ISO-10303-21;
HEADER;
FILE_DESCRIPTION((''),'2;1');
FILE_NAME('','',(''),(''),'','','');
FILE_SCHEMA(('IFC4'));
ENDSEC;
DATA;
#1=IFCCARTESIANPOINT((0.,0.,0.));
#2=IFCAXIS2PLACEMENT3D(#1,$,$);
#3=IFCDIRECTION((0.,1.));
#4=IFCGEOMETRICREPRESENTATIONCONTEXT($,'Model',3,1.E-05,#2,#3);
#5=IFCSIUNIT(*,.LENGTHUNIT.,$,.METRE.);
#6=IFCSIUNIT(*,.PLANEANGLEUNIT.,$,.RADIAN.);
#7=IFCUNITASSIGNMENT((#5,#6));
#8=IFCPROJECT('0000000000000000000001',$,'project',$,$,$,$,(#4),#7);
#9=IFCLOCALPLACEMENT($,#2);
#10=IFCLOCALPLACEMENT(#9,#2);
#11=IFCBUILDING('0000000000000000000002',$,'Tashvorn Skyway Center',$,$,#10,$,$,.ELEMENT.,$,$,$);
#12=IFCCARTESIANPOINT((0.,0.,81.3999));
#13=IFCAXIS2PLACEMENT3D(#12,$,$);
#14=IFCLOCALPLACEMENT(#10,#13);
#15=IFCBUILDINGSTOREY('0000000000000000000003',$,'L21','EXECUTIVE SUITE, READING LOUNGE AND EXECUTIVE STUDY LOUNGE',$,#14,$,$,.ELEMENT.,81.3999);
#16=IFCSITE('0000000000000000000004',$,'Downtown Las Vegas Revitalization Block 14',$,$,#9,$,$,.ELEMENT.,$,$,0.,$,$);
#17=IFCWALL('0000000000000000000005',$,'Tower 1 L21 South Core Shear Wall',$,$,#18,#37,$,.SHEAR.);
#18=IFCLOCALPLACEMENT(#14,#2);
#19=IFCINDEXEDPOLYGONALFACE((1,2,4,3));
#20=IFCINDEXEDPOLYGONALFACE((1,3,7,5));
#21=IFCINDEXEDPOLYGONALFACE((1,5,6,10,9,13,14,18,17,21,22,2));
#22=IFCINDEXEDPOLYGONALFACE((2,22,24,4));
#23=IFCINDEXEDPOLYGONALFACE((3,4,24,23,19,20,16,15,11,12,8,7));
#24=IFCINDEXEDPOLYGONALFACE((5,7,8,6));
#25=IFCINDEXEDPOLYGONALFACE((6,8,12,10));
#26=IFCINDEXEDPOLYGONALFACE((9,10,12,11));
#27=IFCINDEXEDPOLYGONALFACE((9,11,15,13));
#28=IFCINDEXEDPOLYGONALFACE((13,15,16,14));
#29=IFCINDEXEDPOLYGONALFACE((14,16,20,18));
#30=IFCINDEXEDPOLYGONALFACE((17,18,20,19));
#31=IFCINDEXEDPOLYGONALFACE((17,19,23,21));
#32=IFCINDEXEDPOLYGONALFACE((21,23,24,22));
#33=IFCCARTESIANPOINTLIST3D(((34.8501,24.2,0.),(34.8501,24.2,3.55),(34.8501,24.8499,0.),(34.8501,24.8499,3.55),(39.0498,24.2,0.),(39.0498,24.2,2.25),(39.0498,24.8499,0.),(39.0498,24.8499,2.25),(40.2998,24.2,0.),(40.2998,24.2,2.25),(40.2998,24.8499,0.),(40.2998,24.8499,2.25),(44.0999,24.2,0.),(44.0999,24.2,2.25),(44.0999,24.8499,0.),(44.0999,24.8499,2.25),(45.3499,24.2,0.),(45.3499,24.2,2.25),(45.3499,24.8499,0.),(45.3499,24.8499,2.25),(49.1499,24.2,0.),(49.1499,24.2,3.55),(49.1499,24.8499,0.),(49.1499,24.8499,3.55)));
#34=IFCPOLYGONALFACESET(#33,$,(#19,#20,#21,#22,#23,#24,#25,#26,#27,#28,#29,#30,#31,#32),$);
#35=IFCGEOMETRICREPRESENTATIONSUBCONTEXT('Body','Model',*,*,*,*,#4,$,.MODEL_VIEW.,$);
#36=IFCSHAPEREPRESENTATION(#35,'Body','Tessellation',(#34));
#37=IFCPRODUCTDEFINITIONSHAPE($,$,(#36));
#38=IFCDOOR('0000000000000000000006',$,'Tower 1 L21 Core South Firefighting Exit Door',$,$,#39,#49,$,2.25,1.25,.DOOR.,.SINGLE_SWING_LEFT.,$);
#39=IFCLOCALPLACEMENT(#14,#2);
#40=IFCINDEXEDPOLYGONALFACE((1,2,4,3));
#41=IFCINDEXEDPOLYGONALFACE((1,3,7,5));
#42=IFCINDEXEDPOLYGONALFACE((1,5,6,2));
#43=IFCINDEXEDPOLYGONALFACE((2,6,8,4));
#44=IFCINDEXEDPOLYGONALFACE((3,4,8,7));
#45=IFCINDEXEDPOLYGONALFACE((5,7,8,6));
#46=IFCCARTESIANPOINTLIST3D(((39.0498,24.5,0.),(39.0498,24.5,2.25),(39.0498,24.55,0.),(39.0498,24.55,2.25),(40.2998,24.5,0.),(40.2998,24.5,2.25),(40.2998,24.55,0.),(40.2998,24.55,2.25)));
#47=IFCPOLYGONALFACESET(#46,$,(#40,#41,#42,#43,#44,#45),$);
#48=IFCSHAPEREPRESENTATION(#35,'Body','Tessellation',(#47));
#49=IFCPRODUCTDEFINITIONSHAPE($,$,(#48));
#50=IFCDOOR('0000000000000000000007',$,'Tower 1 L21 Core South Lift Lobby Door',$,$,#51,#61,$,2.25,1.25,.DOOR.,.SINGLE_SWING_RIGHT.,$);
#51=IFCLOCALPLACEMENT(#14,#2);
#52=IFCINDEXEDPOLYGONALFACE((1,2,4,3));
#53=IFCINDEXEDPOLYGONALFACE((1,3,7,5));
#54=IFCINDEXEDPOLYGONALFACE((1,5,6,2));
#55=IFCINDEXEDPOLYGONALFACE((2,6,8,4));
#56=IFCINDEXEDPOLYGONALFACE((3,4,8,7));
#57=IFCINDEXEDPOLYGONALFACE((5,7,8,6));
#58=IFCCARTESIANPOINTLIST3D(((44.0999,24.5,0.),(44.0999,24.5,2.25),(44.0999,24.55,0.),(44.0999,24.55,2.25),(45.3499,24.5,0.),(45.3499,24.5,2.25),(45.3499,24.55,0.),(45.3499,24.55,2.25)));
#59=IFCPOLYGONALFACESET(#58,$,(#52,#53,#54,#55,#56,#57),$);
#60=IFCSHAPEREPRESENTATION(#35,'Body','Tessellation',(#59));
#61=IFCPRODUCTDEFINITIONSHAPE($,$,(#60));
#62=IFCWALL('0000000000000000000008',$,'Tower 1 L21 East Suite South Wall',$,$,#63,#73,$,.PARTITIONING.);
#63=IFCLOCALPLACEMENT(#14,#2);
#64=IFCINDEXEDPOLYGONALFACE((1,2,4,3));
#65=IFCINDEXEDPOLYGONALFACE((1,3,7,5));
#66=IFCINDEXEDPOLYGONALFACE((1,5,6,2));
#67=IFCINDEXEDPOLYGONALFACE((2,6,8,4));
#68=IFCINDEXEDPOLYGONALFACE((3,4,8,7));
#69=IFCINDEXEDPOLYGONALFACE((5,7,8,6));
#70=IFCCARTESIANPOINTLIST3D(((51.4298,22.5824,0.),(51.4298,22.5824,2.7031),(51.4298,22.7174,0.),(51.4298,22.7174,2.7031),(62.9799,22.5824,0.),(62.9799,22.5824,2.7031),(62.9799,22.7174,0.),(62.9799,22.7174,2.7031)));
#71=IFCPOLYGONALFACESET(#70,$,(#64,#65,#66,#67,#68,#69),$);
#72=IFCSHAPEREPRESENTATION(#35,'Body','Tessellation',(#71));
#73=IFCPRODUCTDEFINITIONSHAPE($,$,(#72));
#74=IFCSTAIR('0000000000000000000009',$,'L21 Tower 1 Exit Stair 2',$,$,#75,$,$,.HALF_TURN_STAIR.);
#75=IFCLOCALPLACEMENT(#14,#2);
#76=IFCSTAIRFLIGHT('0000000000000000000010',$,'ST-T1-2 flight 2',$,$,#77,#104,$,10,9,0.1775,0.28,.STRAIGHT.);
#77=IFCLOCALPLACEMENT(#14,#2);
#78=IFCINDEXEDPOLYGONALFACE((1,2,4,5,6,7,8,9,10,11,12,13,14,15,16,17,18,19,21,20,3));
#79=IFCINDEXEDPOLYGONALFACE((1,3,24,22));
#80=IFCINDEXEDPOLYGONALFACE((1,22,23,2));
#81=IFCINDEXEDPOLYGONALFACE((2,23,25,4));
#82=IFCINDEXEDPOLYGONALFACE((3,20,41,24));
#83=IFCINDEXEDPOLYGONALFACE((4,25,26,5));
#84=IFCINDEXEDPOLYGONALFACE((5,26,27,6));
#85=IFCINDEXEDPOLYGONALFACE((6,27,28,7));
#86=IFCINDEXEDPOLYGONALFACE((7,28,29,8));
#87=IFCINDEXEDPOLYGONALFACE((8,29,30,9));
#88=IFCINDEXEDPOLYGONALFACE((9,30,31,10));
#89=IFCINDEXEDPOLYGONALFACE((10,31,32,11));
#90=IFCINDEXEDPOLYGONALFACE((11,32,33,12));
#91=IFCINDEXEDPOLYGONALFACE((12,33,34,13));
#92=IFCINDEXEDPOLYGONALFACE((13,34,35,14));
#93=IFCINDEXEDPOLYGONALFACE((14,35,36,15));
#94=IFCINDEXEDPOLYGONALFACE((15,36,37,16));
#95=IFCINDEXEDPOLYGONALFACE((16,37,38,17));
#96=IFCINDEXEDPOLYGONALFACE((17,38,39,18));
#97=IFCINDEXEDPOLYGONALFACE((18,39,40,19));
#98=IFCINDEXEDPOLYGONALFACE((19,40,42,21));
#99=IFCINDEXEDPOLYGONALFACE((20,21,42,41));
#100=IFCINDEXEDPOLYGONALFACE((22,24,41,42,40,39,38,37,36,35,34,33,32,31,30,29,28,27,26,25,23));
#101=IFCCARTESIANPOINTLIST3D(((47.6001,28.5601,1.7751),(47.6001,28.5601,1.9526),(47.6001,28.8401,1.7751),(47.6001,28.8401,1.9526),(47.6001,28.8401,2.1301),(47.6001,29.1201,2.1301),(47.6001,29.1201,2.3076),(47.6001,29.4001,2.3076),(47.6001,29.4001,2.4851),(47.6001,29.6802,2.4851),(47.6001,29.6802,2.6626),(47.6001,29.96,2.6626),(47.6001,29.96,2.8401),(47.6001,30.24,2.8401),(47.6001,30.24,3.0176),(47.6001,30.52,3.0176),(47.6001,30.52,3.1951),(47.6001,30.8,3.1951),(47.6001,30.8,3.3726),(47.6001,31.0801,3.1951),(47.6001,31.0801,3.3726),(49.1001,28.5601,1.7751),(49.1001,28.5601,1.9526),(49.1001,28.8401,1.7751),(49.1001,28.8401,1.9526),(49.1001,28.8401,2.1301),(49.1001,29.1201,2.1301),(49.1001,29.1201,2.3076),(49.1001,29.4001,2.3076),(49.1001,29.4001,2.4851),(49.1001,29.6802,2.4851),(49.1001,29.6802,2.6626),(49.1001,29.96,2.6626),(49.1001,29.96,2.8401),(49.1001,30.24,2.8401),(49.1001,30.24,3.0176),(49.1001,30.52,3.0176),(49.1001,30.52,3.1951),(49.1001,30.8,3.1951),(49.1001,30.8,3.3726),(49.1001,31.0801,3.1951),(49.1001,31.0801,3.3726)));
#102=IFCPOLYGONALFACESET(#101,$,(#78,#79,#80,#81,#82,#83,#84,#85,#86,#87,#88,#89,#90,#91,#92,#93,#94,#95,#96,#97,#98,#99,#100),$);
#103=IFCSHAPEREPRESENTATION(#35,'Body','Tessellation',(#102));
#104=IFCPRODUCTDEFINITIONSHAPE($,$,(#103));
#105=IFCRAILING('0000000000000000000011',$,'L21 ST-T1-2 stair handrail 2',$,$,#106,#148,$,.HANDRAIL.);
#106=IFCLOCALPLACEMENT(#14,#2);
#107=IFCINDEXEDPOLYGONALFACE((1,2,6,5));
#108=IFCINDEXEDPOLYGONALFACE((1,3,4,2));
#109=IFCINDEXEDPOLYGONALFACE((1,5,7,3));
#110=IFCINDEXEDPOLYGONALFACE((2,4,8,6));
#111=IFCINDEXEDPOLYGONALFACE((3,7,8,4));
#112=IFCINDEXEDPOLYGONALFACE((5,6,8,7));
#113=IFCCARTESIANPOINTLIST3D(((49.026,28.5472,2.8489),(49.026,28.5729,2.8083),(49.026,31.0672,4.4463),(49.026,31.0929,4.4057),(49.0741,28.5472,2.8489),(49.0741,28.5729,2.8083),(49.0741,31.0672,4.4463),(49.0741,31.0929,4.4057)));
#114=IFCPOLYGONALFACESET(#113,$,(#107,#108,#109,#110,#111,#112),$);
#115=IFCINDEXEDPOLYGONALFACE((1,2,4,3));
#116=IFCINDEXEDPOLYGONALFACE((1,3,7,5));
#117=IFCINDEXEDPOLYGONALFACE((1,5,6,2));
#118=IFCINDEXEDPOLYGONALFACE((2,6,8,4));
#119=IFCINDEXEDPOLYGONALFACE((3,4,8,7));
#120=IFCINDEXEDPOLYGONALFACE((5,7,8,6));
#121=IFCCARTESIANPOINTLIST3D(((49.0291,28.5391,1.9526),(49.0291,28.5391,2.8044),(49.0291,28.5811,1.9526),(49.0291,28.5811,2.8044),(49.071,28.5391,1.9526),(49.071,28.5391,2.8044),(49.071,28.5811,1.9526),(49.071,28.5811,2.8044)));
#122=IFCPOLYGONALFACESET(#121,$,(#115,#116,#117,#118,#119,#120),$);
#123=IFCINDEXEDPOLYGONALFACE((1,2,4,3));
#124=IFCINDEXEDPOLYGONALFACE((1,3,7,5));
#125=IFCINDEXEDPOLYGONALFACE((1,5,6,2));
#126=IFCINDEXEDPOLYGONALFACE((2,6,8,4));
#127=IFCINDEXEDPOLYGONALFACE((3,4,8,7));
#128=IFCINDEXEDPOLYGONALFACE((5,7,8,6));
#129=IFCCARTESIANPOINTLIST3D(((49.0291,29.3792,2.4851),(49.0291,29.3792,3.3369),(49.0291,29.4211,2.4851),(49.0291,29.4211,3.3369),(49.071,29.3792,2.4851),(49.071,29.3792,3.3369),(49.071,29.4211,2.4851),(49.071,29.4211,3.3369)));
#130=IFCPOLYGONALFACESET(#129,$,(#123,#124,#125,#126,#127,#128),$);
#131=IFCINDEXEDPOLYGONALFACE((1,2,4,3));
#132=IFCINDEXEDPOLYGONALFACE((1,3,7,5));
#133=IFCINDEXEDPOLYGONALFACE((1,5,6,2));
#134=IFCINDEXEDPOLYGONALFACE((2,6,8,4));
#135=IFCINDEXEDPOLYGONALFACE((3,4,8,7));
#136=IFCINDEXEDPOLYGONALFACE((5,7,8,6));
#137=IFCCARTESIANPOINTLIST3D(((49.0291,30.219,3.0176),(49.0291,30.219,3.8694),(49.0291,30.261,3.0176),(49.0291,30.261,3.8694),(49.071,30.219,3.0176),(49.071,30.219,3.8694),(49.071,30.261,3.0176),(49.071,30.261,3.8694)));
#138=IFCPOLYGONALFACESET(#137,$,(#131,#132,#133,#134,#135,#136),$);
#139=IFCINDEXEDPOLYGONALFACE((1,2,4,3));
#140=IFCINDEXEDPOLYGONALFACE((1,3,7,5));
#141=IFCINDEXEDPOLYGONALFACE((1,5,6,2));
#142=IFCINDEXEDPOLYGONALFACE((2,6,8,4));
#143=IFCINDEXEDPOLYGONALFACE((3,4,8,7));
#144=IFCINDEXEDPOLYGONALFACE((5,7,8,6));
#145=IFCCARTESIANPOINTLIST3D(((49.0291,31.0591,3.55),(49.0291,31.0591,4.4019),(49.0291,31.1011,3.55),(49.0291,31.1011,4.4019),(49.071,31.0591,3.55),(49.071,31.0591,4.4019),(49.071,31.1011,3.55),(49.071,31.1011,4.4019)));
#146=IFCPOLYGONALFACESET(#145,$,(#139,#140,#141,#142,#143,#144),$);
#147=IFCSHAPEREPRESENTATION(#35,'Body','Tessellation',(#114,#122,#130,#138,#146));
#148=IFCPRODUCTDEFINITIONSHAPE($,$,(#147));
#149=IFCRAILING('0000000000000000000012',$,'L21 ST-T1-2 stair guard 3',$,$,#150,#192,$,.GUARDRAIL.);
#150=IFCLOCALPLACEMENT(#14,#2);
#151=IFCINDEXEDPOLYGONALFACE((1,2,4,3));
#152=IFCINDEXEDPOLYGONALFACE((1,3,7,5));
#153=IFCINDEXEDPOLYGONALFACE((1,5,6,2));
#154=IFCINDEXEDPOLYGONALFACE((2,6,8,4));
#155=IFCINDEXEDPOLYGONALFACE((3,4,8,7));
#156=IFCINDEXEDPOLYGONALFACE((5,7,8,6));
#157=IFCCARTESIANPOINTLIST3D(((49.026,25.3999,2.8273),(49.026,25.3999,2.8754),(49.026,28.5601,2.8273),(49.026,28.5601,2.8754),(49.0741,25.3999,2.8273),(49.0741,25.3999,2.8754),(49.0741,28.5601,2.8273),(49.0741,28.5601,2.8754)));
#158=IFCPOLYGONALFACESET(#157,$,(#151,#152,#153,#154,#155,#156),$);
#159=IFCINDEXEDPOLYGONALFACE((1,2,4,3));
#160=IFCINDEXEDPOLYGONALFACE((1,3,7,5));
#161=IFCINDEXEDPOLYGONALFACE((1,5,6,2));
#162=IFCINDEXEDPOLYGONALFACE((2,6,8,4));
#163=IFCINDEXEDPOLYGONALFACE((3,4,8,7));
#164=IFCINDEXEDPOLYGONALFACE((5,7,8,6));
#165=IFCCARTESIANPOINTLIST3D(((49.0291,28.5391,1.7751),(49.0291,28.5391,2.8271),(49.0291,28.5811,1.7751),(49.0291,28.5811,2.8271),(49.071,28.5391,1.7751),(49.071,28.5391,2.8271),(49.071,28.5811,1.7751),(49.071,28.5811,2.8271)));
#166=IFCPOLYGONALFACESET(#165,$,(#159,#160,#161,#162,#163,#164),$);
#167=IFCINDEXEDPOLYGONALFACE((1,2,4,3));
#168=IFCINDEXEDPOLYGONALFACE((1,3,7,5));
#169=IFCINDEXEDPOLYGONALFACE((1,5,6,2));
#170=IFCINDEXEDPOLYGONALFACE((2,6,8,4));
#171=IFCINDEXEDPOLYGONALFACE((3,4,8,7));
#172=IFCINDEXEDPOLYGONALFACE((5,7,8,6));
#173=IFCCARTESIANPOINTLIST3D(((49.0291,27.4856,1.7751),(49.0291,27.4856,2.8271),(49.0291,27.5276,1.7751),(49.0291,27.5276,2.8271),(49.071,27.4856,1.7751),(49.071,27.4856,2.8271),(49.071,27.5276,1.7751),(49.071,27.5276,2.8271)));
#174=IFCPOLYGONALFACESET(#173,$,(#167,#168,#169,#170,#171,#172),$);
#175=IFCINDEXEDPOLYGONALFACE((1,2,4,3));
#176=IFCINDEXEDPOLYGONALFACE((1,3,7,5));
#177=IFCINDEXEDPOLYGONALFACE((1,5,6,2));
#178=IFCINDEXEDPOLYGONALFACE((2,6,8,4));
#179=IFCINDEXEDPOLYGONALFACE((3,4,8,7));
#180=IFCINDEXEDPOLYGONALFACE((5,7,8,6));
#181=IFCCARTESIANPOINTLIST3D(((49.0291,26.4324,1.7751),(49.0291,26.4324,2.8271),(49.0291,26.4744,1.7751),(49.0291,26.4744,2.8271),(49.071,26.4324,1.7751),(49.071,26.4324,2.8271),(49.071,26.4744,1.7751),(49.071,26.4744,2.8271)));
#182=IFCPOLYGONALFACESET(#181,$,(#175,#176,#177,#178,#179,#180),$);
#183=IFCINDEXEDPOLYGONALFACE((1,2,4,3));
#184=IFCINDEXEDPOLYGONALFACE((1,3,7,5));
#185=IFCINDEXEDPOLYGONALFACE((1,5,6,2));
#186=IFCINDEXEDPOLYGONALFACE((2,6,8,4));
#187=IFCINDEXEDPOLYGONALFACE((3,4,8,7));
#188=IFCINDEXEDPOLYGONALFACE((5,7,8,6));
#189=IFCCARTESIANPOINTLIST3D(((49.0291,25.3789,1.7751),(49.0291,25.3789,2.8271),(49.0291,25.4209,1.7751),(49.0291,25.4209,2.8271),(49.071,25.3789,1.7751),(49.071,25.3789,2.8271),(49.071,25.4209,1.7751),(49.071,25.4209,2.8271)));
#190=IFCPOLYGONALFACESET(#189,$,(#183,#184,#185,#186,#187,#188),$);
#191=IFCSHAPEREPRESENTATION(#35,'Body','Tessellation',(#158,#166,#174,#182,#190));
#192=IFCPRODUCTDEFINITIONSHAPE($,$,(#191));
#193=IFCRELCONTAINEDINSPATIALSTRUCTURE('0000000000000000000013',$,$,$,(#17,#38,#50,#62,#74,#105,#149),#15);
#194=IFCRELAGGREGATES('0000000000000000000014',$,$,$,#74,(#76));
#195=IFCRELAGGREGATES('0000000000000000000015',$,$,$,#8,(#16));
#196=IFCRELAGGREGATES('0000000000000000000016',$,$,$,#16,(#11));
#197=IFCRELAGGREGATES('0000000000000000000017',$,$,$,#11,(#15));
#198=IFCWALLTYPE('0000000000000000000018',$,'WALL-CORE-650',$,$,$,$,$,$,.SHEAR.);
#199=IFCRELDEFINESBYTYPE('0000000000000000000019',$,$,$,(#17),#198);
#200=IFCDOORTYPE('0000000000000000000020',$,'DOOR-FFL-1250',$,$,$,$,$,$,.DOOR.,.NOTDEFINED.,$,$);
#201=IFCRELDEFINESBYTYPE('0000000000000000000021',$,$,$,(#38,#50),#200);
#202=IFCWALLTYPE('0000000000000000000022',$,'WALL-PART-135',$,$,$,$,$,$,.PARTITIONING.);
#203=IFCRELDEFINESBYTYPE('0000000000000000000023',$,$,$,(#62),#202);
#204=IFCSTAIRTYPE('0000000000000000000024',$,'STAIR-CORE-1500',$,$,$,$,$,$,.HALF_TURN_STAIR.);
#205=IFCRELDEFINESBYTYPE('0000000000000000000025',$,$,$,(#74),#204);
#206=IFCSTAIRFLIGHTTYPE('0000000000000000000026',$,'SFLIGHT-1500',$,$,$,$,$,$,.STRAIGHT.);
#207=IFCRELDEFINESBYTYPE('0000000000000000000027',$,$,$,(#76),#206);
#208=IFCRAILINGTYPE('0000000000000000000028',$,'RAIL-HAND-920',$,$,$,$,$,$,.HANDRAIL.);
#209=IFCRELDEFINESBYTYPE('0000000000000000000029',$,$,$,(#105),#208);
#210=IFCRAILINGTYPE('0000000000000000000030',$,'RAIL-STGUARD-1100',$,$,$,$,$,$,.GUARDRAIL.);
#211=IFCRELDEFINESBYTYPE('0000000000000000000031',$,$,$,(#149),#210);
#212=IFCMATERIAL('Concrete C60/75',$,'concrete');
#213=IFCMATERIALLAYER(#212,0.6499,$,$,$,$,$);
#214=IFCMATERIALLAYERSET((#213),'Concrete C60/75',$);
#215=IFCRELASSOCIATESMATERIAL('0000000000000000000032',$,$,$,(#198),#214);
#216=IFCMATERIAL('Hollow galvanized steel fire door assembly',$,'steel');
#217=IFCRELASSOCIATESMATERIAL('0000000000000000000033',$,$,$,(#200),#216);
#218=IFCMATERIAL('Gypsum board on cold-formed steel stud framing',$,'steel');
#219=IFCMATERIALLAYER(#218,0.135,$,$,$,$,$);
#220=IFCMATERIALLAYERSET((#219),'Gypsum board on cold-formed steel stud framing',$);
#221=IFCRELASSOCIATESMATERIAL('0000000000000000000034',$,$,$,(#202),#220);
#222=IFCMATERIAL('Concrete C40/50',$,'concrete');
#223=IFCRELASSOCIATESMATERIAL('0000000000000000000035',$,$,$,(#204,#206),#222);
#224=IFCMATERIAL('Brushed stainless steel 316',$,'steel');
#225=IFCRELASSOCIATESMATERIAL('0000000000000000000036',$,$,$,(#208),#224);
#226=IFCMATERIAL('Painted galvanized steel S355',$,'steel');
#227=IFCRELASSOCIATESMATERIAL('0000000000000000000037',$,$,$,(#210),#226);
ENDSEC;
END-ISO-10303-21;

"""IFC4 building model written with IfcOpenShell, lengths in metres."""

from ifc_helpers import new_model, si_unit, direction, frame, frame_2d, origin, origin_2d, place, context, subcontext, project, spatial, polyline, rectangle, outline, extrude, material, layer, layer_set, type_object, element, fill, aggregate, save


model = new_model("IFC4")

# Units and contexts
model_context = context("Model", 3, precision=1e-05, world=origin(), true_north=direction((0.0, 1.0)))
body_context = subcontext(model_context, "Body", "Model", "MODEL_VIEW")
ifc_project = project(units=[si_unit("LENGTHUNIT", "METRE"), si_unit("PLANEANGLEUNIT", "RADIAN")], contexts=[model_context])

# Site, building, storey
site_placement = place(None, origin())
site = spatial("IfcSite", under=ifc_project, at=site_placement, Name="Downtown Las Vegas Revitalization Block 14", CompositionType="ELEMENT", RefElevation=0.0)
building_placement = place(site_placement, origin())
building = spatial("IfcBuilding", under=site, at=building_placement, Name="Tashvorn Skyway Center", CompositionType="ELEMENT")
storey_placement = place(building_placement, frame((0.0, 0.0, 81.3999)))
storey = spatial("IfcBuildingStorey", under=building, at=storey_placement, Name="L21", Description="EXECUTIVE SUITE, READING LOUNGE AND EXECUTIVE STUDY LOUNGE", CompositionType="ELEMENT", Elevation=81.3999)

# Wall, openings, doors
ifc_material_1 = material(Name="Concrete C60/75", Category="concrete")
ifc_layer_1 = layer(ifc_material_1, 0.6499)
ifc_layer_set_1 = layer_set([ifc_layer_1], Name="Concrete C60/75")
wall_type_1 = type_object("IfcWallType", Name="WALL-CORE-650", PredefinedType="SHEAR", material=ifc_layer_set_1)
wall_1_placement = place(storey_placement, frame((49.1499, 24.5249, 0.0), z_axis=(0.0, 0.0, 1.0), x_axis=(-1.0, 0.0, 0.0)))
wall_1 = element("IfcWall", 1, at=wall_1_placement, inside=storey, type_object=wall_type_1, Name="Tower 1 L21 South Core Shear Wall", PredefinedType="SHEAR", context=body_context, shape_type="SweptSolid", body=[
    extrude(rectangle(XDim=14.2998, YDim=0.6499, at=frame_2d((7.1499, 0.0))), origin(), (0.0, 0.0, 1.0), 3.55),
])
opening_1_placement = place(wall_1_placement, frame((8.8501, 0.0, 0.0)))
opening_1 = element("IfcOpeningElement", 2, at=opening_1_placement, cuts=wall_1, PredefinedType="OPENING", context=body_context, shape_type="SweptSolid", body=[
    extrude(rectangle(XDim=1.25, YDim=2.25, at=frame_2d((0.625, 1.125))), frame((0.0, 0.335, 0.0), z_axis=(0.0, -1.0, 0.0), x_axis=(1.0, 0.0, 0.0)), (0.0, 0.0, 1.0), 0.6699),
])
opening_2_placement = place(wall_1_placement, frame((3.8, 0.0, 0.0)))
opening_2 = element("IfcOpeningElement", 3, at=opening_2_placement, cuts=wall_1, PredefinedType="OPENING", context=body_context, shape_type="SweptSolid", body=[
    extrude(rectangle(XDim=1.25, YDim=2.25, at=frame_2d((0.625, 1.125))), frame((0.0, 0.335, 0.0), z_axis=(0.0, -1.0, 0.0), x_axis=(1.0, 0.0, 0.0)), (0.0, 0.0, 1.0), 0.6699),
])
ifc_material_2 = material(Name="Hollow galvanized steel fire door assembly", Category="steel")
door_type = type_object("IfcDoorType", Name="DOOR-FFL-1250", OperationType="NOTDEFINED", PredefinedType="DOOR", material=ifc_material_2)
door_1_placement = place(opening_1_placement, origin())
door_1 = element("IfcDoor", 4, at=door_1_placement, inside=storey, type_object=door_type, Name="Tower 1 L21 Core South Firefighting Exit Door", OperationType="SINGLE_SWING_LEFT", OverallHeight=2.25, OverallWidth=1.25, PredefinedType="DOOR", context=body_context, shape_type="SweptSolid", body=[
    extrude(rectangle(XDim=1.25, YDim=2.25, at=frame_2d((0.625, 1.125))), frame((0.0, 0.0249, 0.0), z_axis=(0.0, -1.0, 0.0), x_axis=(1.0, 0.0, 0.0)), (0.0, 0.0, 1.0), 0.05),
])
fill(opening_1, door_1)
door_2_placement = place(opening_2_placement, origin())
door_2 = element("IfcDoor", 5, at=door_2_placement, inside=storey, type_object=door_type, Name="Tower 1 L21 Core South Lift Lobby Door", OperationType="SINGLE_SWING_RIGHT", OverallHeight=2.25, OverallWidth=1.25, PredefinedType="DOOR", context=body_context, shape_type="SweptSolid", body=[
    extrude(rectangle(XDim=1.25, YDim=2.25, at=frame_2d((0.625, 1.125))), frame((0.0, 0.0249, 0.0), z_axis=(0.0, -1.0, 0.0), x_axis=(1.0, 0.0, 0.0)), (0.0, 0.0, 1.0), 0.05),
])
fill(opening_2, door_2)

# Wall
ifc_material_3 = material(Name="Gypsum board on cold-formed steel stud framing", Category="steel")
ifc_layer_2 = layer(ifc_material_3, 0.135)
ifc_layer_set_2 = layer_set([ifc_layer_2], Name="Gypsum board on cold-formed steel stud framing")
wall_type_2 = type_object("IfcWallType", Name="WALL-PART-135", PredefinedType="PARTITIONING", material=ifc_layer_set_2)
wall_2_placement = place(storey_placement, frame((51.4299, 22.6499, 0.0), z_axis=(0.0, 0.0, 1.0), x_axis=(1.0, 0.0, 0.0)))
element("IfcWall", 6, at=wall_2_placement, inside=storey, type_object=wall_type_2, Name="Tower 1 L21 East Suite South Wall", PredefinedType="PARTITIONING", context=body_context, shape_type="SweptSolid", body=[
    extrude(rectangle(XDim=11.55, YDim=0.135, at=frame_2d((5.7749, 0.0))), origin(), (0.0, 0.0, 1.0), 2.7031),
])

# Stair, stair flight
ifc_material_4 = material(Name="Concrete C40/50", Category="concrete")
stair_type = type_object("IfcStairType", Name="STAIR-CORE-1500", PredefinedType="HALF_TURN_STAIR", material=ifc_material_4)
stair_placement = place(storey_placement, origin())
stair = element("IfcStair", 7, at=stair_placement, inside=storey, type_object=stair_type, Name="L21 Tower 1 Exit Stair 2", PredefinedType="HALF_TURN_STAIR")
stair_flight_type = type_object("IfcStairFlightType", Name="SFLIGHT-1500", PredefinedType="STRAIGHT", material=ifc_material_4)
stair_flight_placement = place(storey_placement, frame((48.3501, 28.5601, 1.7751), z_axis=(0.0, 0.0, 1.0), x_axis=(0.0, 1.0, 0.0)))
stair_flight = element("IfcStairFlight", 8, at=stair_flight_placement, type_object=stair_flight_type, Name="ST-T1-2 flight 2", NumberOfRisers=10, NumberOfTreads=9, PredefinedType="STRAIGHT", RiserHeight=0.1775, TreadLength=0.28, context=body_context, shape_type="SweptSolid", body=[
    extrude(outline(polyline([(0.0, 0.0), (0.0, 0.1775), (0.28, 0.1775), (0.28, 0.355), (0.5601, 0.355), (0.5601, 0.5325), (0.8401, 0.5325), (0.8401, 0.71), (1.1201, 0.71), (1.1201, 0.8875), (1.3999, 0.8875), (1.3999, 1.0649), (1.6799, 1.0649), (1.6799, 1.2424), (1.96, 1.2424), (1.96, 1.4199), (2.24, 1.4199), (2.24, 1.5974), (2.52, 1.5974), (2.52, 1.7749), (2.52, 1.4199), (0.28, 0.0), (0.0, 0.0)])), frame((0.0, 0.75, 0.0), z_axis=(0.0, -1.0, 0.0), x_axis=(1.0, 0.0, 0.0)), (0.0, 0.0, 1.0), 1.5),
])
aggregate(stair, [stair_flight])

# Railings
ifc_material_5 = material(Name="Brushed stainless steel 316", Category="steel")
railing_type_1 = type_object("IfcRailingType", Name="RAIL-HAND-920", PredefinedType="HANDRAIL", material=ifc_material_5)
railing_1_placement = place(storey_placement, frame((49.05, 28.5601, 1.9526)))
element("IfcRailing", 9, at=railing_1_placement, inside=storey, type_object=railing_type_1, Name="L21 ST-T1-2 stair handrail 2", PredefinedType="HANDRAIL", context=body_context, shape_type="SweptSolid", body=[
    extrude(rectangle(XDim=0.0481, YDim=0.0481, at=origin_2d()), frame((0.0, 0.0, 0.876), z_axis=(0.0, 0.844607, 0.535387), x_axis=(-1.0, 0.0, 0.0)), (0.0, 0.0, 1.0), 2.9836),
    extrude(rectangle(XDim=0.042, YDim=0.042, at=origin_2d()), origin(), (0.0, 0.0, 1.0), 0.8518),
    extrude(rectangle(XDim=0.042, YDim=0.042, at=origin_2d()), frame((0.0, 0.8401, 0.5325)), (0.0, 0.0, 1.0), 0.8518),
    extrude(rectangle(XDim=0.042, YDim=0.042, at=origin_2d()), frame((0.0, 1.6799, 1.0649)), (0.0, 0.0, 1.0), 0.8518),
    extrude(rectangle(XDim=0.042, YDim=0.042, at=origin_2d()), frame((0.0, 2.52, 1.5974)), (0.0, 0.0, 1.0), 0.8518),
])
ifc_material_6 = material(Name="Painted galvanized steel S355", Category="steel")
railing_type_2 = type_object("IfcRailingType", Name="RAIL-STGUARD-1100", PredefinedType="GUARDRAIL", material=ifc_material_6)
railing_2_placement = place(storey_placement, frame((49.05, 28.5601, 1.7751)))
element("IfcRailing", 10, at=railing_2_placement, inside=storey, type_object=railing_type_2, Name="L21 ST-T1-2 stair guard 3", PredefinedType="GUARDRAIL", context=body_context, shape_type="SweptSolid", body=[
    extrude(rectangle(XDim=0.0481, YDim=0.0481, at=origin_2d()), frame((0.0, 0.0, 1.0762), z_axis=(0.0, -1.0, 0.0), x_axis=(1.0, 0.0, 0.0)), (0.0, 0.0, 1.0), 3.1602),
    extrude(rectangle(XDim=0.042, YDim=0.042, at=origin_2d()), origin(), (0.0, 0.0, 1.0), 1.052),
    extrude(rectangle(XDim=0.042, YDim=0.042, at=origin_2d()), frame((0.0, -1.0535, 0.0)), (0.0, 0.0, 1.0), 1.052),
    extrude(rectangle(XDim=0.042, YDim=0.042, at=origin_2d()), frame((0.0, -2.1067, 0.0)), (0.0, 0.0, 1.0), 1.052),
    extrude(rectangle(XDim=0.042, YDim=0.042, at=origin_2d()), frame((0.0, -3.1602, 0.0)), (0.0, 0.0, 1.0), 1.052),
])

save(model, "model.ifc")
